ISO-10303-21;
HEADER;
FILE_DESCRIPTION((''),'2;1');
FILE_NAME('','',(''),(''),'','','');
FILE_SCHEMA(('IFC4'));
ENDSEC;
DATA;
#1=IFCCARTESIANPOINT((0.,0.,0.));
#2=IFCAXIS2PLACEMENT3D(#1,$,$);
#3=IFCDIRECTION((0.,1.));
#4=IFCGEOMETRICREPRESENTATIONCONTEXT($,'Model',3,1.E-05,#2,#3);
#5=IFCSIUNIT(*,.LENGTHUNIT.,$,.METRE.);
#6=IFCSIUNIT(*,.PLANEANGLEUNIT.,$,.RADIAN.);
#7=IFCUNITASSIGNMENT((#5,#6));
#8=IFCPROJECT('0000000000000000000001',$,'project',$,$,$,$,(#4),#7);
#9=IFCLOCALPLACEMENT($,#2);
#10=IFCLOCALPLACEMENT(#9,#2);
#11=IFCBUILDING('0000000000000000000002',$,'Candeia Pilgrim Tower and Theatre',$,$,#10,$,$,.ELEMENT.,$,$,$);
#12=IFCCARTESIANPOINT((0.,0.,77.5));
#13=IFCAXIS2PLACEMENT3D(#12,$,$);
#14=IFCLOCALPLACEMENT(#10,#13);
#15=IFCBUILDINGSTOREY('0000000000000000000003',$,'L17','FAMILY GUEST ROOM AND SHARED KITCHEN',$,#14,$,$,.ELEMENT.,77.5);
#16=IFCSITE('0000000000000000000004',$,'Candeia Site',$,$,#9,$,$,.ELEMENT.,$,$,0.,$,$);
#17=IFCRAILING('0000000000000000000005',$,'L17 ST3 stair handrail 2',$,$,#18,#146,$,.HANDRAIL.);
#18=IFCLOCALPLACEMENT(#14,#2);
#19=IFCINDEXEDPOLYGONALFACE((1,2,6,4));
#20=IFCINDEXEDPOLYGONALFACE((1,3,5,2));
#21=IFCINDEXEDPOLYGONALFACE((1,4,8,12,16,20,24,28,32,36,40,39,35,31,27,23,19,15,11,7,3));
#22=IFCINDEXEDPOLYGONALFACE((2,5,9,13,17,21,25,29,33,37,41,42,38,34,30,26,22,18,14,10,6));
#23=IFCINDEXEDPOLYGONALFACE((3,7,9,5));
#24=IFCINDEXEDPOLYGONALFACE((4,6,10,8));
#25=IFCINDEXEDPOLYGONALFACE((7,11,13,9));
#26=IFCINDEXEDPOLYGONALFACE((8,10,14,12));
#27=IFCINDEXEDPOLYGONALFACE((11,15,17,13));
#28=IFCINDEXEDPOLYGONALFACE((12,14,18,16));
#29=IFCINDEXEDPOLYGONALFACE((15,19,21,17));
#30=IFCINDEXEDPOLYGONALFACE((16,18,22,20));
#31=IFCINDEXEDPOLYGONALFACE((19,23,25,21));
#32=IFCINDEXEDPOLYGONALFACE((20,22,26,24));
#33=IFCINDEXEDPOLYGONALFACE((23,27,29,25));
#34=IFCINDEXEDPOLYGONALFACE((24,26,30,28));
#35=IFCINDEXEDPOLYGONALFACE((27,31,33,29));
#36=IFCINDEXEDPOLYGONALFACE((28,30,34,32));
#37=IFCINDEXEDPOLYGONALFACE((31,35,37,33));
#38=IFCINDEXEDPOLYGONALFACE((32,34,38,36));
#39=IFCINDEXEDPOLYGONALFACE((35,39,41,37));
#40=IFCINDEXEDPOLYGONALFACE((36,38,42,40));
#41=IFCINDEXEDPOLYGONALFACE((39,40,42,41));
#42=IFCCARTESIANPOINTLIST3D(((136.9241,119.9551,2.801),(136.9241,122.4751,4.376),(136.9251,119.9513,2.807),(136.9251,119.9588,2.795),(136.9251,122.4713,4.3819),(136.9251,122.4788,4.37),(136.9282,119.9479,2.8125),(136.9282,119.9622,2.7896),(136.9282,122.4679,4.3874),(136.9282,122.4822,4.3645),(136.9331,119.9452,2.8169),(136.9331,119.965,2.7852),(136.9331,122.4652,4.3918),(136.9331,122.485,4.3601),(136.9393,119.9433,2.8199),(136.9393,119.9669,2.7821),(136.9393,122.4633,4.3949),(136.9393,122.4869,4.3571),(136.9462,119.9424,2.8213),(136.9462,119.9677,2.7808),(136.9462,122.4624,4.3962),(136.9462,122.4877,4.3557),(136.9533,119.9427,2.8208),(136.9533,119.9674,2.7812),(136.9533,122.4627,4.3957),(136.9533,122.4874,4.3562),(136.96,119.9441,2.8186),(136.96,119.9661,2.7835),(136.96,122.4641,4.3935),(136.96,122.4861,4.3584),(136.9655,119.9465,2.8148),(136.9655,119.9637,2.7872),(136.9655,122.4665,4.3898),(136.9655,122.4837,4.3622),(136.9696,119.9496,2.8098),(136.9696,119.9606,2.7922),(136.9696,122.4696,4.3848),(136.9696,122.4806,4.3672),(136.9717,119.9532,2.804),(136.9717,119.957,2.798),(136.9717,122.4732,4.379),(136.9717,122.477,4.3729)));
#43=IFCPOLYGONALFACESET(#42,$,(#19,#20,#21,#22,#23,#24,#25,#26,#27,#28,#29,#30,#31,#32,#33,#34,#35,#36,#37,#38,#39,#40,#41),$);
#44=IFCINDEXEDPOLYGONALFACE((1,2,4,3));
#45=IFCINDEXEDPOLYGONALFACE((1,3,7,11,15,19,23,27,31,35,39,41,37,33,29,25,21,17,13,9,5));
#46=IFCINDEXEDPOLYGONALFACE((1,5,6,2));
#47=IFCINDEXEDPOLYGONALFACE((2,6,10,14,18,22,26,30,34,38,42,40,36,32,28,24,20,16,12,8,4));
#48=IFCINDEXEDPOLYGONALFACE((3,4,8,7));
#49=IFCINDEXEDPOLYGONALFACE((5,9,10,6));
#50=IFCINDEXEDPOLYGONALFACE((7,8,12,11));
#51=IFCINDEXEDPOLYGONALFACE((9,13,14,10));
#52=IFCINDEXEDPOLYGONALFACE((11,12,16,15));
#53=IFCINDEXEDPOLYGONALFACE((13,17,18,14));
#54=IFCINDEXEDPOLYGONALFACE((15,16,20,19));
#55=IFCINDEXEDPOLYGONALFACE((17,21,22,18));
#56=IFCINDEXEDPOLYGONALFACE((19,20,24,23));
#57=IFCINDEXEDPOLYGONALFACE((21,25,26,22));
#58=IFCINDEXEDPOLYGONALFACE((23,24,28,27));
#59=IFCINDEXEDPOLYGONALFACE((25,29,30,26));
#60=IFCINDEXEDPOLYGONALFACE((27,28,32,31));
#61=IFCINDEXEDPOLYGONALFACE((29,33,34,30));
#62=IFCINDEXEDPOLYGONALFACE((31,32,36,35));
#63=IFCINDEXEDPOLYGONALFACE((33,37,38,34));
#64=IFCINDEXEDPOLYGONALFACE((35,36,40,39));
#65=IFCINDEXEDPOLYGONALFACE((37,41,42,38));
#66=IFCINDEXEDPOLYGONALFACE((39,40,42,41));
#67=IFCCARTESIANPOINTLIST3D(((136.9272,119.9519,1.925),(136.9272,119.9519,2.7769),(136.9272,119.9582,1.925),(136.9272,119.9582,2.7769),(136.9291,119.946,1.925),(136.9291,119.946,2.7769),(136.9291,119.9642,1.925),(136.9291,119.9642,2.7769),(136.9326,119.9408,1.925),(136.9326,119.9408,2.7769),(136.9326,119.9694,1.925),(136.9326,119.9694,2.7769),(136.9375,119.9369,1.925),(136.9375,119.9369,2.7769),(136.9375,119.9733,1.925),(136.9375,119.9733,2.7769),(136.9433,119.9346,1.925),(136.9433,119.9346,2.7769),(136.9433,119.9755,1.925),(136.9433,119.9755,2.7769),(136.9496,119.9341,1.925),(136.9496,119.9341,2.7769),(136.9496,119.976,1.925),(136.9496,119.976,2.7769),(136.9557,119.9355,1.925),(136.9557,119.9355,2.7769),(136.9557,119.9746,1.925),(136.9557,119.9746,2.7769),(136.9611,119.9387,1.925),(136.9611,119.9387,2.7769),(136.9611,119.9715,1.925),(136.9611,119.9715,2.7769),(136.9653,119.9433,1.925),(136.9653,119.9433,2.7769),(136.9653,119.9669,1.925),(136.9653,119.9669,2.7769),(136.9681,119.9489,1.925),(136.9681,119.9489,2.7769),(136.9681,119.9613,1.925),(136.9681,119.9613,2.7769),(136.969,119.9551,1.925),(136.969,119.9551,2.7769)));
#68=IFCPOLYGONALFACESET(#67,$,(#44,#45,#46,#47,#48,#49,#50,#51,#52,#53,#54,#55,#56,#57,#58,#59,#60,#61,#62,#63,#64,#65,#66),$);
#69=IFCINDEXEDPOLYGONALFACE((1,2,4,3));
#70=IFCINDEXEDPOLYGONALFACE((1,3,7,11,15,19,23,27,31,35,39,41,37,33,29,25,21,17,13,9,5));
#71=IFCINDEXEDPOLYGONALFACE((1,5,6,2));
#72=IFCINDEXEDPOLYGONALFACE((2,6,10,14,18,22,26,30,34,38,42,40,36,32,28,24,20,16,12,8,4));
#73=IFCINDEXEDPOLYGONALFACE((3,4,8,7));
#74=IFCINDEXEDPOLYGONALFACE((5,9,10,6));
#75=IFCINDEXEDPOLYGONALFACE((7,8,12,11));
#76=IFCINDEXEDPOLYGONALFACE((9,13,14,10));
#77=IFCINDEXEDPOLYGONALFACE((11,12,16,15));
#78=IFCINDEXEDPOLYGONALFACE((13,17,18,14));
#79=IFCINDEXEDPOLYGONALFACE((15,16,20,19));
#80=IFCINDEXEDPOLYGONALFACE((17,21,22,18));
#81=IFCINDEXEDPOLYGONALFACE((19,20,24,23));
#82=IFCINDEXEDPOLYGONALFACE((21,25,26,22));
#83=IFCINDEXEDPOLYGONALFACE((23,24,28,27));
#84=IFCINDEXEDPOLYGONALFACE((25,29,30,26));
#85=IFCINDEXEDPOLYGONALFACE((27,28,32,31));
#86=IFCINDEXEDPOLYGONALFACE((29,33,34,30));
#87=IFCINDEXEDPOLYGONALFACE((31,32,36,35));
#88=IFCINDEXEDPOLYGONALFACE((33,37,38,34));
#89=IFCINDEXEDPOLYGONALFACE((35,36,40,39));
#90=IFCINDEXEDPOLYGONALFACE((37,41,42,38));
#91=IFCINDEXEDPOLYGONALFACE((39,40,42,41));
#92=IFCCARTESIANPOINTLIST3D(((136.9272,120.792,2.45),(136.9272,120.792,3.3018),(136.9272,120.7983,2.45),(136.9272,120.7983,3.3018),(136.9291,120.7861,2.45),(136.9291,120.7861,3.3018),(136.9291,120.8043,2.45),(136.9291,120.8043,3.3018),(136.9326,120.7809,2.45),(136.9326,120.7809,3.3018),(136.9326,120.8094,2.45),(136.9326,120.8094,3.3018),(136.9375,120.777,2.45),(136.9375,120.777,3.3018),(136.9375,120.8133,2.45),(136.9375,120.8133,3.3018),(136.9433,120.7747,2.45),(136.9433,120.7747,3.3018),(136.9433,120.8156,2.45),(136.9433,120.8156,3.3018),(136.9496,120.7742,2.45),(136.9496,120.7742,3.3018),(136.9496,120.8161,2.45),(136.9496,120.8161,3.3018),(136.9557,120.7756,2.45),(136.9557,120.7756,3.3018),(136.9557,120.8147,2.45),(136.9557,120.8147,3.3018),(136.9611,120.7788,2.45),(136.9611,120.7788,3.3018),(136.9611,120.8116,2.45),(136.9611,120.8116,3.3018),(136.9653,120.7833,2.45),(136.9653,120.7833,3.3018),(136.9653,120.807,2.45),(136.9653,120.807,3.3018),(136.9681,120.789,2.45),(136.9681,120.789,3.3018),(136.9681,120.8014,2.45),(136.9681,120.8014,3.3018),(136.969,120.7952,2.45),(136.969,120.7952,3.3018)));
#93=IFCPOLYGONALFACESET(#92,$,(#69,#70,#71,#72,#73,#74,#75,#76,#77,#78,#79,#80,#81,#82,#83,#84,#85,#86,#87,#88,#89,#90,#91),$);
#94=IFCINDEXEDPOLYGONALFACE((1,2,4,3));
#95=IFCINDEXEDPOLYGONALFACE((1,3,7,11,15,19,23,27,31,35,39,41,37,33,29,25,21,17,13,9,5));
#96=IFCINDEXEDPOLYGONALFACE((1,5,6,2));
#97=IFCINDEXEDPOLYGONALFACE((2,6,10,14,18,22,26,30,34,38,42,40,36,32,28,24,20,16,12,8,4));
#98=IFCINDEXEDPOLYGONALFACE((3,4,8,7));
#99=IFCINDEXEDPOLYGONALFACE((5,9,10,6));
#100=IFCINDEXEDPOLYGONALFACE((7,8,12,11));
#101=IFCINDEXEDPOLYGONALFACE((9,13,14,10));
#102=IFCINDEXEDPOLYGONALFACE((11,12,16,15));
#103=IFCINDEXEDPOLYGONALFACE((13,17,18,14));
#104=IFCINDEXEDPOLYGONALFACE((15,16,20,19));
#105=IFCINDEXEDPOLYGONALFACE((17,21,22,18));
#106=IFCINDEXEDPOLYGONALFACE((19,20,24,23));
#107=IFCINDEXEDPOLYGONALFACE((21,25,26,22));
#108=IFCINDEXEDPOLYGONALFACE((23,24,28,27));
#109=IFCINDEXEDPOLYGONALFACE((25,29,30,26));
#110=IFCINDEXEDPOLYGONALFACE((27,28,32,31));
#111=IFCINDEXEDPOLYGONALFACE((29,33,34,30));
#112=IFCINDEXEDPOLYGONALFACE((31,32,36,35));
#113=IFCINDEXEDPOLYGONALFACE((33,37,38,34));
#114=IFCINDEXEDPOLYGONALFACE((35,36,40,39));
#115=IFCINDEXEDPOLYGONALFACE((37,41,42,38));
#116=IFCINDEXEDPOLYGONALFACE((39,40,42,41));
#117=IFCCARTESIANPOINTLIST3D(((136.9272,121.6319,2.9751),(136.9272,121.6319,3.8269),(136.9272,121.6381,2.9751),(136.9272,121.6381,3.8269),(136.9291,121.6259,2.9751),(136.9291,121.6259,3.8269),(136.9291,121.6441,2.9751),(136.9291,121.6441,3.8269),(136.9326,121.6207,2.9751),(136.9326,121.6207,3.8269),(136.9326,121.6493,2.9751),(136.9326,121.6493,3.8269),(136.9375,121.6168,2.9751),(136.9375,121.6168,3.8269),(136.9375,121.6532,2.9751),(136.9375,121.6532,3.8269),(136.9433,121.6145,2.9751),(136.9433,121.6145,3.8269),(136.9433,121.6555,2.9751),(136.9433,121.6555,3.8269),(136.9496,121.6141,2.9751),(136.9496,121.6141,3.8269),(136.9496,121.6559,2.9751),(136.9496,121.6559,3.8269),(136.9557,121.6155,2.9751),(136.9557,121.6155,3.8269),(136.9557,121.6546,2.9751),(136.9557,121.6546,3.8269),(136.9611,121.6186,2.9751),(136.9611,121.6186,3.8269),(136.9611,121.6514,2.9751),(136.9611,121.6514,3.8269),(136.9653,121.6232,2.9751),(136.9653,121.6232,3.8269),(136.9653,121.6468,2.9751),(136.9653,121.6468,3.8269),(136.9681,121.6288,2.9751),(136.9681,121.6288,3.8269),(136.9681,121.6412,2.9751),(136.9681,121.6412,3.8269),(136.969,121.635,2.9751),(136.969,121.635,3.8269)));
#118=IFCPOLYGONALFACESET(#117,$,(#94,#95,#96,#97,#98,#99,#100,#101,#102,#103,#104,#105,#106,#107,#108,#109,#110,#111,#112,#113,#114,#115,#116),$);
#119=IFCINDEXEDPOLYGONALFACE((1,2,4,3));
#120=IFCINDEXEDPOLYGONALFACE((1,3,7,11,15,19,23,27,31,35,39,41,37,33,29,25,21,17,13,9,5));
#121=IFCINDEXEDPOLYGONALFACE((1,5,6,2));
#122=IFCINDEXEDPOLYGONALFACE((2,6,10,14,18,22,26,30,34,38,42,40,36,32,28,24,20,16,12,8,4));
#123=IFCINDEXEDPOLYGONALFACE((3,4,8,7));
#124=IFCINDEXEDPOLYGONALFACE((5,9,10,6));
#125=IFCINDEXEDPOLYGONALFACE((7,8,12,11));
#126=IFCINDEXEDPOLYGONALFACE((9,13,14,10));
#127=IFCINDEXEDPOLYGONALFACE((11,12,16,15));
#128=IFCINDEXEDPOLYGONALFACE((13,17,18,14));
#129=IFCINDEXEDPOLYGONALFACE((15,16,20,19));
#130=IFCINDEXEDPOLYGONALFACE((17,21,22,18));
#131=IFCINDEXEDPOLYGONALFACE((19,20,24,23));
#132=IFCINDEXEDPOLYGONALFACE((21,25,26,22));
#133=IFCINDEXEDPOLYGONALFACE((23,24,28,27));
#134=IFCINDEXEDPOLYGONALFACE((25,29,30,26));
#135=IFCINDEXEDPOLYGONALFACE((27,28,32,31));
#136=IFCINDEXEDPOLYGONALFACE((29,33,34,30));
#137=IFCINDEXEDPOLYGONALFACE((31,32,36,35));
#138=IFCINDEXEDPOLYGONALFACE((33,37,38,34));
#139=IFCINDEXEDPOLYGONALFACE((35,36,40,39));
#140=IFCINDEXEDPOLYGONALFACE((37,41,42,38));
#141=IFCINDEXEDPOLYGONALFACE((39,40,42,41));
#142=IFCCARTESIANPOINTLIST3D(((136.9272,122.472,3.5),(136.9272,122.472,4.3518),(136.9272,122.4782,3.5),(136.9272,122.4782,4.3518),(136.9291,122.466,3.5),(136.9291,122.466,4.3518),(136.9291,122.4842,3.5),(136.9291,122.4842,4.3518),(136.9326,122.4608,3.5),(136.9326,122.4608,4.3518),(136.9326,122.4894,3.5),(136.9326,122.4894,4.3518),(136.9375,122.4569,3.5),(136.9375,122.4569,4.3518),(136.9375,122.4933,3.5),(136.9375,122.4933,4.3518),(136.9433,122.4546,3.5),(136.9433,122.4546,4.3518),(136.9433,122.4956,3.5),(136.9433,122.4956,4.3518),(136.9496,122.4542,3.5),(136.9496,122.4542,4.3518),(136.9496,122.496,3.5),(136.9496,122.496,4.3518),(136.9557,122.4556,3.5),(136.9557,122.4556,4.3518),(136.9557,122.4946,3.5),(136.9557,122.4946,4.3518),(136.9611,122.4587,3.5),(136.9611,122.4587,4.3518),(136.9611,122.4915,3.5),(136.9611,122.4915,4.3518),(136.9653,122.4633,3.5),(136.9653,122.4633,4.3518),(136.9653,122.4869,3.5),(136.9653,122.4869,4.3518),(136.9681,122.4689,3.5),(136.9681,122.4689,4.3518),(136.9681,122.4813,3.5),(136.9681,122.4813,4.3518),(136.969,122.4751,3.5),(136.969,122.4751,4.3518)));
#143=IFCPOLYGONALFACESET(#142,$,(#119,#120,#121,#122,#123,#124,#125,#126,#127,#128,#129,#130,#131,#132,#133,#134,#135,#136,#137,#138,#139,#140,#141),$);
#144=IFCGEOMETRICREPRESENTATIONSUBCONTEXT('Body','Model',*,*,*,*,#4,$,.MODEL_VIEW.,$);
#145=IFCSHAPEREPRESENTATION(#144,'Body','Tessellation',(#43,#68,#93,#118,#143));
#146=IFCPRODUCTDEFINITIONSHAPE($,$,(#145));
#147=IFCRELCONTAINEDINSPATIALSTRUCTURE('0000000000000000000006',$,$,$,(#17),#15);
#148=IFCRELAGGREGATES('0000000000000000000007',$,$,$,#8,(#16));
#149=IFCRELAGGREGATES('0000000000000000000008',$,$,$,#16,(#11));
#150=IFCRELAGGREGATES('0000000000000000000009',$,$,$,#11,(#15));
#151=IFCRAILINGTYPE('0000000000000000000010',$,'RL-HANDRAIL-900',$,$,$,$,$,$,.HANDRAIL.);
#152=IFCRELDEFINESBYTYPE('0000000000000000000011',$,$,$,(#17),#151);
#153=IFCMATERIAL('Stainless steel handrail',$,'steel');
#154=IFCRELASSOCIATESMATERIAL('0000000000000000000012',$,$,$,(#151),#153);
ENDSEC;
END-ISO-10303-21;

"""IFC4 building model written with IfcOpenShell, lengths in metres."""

from ifc_helpers import new_model, si_unit, direction, frame, origin, origin_2d, place, context, subcontext, project, spatial, circle, extrude, material, type_object, element, save


model = new_model("IFC4")

# Units and contexts
model_context = context("Model", 3, precision=1e-05, world=origin(), true_north=direction((0.0, 1.0)))
body_context = subcontext(model_context, "Body", "Model", "MODEL_VIEW")
ifc_project = project(units=[si_unit("LENGTHUNIT", "METRE"), si_unit("PLANEANGLEUNIT", "RADIAN")], contexts=[model_context])

# Site, building, storey
site_placement = place(None, origin())
site = spatial("IfcSite", under=ifc_project, at=site_placement, Name="Candeia Site", CompositionType="ELEMENT", RefElevation=0.0)
building_placement = place(site_placement, origin())
building = spatial("IfcBuilding", under=site, at=building_placement, Name="Candeia Pilgrim Tower and Theatre", CompositionType="ELEMENT")
storey_placement = place(building_placement, frame((0.0, 0.0, 77.5)))
storey = spatial("IfcBuildingStorey", under=building, at=storey_placement, Name="L17", Description="FAMILY GUEST ROOM AND SHARED KITCHEN", CompositionType="ELEMENT", Elevation=77.5)

# Railing
ifc_material_1 = material(Name="Stainless steel handrail", Category="steel")
railing_type_1 = type_object("IfcRailingType", Name="RL-HANDRAIL-900", PredefinedType="HANDRAIL", material=ifc_material_1)
railing_1_placement = place(storey_placement, frame((136.948, 119.9551, 1.925)))
element("IfcRailing", 1, at=railing_1_placement, inside=storey, type_object=railing_type_1, Name="L17 ST3 stair handrail 2", PredefinedType="HANDRAIL", context=body_context, shape_type="SweptSolid", body=[
    extrude(circle(Radius=0.0239, at=origin_2d()), frame((0.0, 0.0, 0.876), z_axis=(0.0, 0.848008, 0.529984), x_axis=(-1.0, 0.0, 0.0)), (0.0, 0.0, 1.0), 2.9717),
    extrude(circle(Radius=0.021, at=origin_2d()), origin(), (0.0, 0.0, 1.0), 0.8518),
    extrude(circle(Radius=0.021, at=origin_2d()), frame((0.0, 0.8401, 0.5249)), (0.0, 0.0, 1.0), 0.8518),
    extrude(circle(Radius=0.021, at=origin_2d()), frame((0.0, 1.6799, 1.05)), (0.0, 0.0, 1.0), 0.8518),
    extrude(circle(Radius=0.021, at=origin_2d()), frame((0.0, 2.52, 1.575)), (0.0, 0.0, 1.0), 0.8518),
])

save(model, "model.ifc")
